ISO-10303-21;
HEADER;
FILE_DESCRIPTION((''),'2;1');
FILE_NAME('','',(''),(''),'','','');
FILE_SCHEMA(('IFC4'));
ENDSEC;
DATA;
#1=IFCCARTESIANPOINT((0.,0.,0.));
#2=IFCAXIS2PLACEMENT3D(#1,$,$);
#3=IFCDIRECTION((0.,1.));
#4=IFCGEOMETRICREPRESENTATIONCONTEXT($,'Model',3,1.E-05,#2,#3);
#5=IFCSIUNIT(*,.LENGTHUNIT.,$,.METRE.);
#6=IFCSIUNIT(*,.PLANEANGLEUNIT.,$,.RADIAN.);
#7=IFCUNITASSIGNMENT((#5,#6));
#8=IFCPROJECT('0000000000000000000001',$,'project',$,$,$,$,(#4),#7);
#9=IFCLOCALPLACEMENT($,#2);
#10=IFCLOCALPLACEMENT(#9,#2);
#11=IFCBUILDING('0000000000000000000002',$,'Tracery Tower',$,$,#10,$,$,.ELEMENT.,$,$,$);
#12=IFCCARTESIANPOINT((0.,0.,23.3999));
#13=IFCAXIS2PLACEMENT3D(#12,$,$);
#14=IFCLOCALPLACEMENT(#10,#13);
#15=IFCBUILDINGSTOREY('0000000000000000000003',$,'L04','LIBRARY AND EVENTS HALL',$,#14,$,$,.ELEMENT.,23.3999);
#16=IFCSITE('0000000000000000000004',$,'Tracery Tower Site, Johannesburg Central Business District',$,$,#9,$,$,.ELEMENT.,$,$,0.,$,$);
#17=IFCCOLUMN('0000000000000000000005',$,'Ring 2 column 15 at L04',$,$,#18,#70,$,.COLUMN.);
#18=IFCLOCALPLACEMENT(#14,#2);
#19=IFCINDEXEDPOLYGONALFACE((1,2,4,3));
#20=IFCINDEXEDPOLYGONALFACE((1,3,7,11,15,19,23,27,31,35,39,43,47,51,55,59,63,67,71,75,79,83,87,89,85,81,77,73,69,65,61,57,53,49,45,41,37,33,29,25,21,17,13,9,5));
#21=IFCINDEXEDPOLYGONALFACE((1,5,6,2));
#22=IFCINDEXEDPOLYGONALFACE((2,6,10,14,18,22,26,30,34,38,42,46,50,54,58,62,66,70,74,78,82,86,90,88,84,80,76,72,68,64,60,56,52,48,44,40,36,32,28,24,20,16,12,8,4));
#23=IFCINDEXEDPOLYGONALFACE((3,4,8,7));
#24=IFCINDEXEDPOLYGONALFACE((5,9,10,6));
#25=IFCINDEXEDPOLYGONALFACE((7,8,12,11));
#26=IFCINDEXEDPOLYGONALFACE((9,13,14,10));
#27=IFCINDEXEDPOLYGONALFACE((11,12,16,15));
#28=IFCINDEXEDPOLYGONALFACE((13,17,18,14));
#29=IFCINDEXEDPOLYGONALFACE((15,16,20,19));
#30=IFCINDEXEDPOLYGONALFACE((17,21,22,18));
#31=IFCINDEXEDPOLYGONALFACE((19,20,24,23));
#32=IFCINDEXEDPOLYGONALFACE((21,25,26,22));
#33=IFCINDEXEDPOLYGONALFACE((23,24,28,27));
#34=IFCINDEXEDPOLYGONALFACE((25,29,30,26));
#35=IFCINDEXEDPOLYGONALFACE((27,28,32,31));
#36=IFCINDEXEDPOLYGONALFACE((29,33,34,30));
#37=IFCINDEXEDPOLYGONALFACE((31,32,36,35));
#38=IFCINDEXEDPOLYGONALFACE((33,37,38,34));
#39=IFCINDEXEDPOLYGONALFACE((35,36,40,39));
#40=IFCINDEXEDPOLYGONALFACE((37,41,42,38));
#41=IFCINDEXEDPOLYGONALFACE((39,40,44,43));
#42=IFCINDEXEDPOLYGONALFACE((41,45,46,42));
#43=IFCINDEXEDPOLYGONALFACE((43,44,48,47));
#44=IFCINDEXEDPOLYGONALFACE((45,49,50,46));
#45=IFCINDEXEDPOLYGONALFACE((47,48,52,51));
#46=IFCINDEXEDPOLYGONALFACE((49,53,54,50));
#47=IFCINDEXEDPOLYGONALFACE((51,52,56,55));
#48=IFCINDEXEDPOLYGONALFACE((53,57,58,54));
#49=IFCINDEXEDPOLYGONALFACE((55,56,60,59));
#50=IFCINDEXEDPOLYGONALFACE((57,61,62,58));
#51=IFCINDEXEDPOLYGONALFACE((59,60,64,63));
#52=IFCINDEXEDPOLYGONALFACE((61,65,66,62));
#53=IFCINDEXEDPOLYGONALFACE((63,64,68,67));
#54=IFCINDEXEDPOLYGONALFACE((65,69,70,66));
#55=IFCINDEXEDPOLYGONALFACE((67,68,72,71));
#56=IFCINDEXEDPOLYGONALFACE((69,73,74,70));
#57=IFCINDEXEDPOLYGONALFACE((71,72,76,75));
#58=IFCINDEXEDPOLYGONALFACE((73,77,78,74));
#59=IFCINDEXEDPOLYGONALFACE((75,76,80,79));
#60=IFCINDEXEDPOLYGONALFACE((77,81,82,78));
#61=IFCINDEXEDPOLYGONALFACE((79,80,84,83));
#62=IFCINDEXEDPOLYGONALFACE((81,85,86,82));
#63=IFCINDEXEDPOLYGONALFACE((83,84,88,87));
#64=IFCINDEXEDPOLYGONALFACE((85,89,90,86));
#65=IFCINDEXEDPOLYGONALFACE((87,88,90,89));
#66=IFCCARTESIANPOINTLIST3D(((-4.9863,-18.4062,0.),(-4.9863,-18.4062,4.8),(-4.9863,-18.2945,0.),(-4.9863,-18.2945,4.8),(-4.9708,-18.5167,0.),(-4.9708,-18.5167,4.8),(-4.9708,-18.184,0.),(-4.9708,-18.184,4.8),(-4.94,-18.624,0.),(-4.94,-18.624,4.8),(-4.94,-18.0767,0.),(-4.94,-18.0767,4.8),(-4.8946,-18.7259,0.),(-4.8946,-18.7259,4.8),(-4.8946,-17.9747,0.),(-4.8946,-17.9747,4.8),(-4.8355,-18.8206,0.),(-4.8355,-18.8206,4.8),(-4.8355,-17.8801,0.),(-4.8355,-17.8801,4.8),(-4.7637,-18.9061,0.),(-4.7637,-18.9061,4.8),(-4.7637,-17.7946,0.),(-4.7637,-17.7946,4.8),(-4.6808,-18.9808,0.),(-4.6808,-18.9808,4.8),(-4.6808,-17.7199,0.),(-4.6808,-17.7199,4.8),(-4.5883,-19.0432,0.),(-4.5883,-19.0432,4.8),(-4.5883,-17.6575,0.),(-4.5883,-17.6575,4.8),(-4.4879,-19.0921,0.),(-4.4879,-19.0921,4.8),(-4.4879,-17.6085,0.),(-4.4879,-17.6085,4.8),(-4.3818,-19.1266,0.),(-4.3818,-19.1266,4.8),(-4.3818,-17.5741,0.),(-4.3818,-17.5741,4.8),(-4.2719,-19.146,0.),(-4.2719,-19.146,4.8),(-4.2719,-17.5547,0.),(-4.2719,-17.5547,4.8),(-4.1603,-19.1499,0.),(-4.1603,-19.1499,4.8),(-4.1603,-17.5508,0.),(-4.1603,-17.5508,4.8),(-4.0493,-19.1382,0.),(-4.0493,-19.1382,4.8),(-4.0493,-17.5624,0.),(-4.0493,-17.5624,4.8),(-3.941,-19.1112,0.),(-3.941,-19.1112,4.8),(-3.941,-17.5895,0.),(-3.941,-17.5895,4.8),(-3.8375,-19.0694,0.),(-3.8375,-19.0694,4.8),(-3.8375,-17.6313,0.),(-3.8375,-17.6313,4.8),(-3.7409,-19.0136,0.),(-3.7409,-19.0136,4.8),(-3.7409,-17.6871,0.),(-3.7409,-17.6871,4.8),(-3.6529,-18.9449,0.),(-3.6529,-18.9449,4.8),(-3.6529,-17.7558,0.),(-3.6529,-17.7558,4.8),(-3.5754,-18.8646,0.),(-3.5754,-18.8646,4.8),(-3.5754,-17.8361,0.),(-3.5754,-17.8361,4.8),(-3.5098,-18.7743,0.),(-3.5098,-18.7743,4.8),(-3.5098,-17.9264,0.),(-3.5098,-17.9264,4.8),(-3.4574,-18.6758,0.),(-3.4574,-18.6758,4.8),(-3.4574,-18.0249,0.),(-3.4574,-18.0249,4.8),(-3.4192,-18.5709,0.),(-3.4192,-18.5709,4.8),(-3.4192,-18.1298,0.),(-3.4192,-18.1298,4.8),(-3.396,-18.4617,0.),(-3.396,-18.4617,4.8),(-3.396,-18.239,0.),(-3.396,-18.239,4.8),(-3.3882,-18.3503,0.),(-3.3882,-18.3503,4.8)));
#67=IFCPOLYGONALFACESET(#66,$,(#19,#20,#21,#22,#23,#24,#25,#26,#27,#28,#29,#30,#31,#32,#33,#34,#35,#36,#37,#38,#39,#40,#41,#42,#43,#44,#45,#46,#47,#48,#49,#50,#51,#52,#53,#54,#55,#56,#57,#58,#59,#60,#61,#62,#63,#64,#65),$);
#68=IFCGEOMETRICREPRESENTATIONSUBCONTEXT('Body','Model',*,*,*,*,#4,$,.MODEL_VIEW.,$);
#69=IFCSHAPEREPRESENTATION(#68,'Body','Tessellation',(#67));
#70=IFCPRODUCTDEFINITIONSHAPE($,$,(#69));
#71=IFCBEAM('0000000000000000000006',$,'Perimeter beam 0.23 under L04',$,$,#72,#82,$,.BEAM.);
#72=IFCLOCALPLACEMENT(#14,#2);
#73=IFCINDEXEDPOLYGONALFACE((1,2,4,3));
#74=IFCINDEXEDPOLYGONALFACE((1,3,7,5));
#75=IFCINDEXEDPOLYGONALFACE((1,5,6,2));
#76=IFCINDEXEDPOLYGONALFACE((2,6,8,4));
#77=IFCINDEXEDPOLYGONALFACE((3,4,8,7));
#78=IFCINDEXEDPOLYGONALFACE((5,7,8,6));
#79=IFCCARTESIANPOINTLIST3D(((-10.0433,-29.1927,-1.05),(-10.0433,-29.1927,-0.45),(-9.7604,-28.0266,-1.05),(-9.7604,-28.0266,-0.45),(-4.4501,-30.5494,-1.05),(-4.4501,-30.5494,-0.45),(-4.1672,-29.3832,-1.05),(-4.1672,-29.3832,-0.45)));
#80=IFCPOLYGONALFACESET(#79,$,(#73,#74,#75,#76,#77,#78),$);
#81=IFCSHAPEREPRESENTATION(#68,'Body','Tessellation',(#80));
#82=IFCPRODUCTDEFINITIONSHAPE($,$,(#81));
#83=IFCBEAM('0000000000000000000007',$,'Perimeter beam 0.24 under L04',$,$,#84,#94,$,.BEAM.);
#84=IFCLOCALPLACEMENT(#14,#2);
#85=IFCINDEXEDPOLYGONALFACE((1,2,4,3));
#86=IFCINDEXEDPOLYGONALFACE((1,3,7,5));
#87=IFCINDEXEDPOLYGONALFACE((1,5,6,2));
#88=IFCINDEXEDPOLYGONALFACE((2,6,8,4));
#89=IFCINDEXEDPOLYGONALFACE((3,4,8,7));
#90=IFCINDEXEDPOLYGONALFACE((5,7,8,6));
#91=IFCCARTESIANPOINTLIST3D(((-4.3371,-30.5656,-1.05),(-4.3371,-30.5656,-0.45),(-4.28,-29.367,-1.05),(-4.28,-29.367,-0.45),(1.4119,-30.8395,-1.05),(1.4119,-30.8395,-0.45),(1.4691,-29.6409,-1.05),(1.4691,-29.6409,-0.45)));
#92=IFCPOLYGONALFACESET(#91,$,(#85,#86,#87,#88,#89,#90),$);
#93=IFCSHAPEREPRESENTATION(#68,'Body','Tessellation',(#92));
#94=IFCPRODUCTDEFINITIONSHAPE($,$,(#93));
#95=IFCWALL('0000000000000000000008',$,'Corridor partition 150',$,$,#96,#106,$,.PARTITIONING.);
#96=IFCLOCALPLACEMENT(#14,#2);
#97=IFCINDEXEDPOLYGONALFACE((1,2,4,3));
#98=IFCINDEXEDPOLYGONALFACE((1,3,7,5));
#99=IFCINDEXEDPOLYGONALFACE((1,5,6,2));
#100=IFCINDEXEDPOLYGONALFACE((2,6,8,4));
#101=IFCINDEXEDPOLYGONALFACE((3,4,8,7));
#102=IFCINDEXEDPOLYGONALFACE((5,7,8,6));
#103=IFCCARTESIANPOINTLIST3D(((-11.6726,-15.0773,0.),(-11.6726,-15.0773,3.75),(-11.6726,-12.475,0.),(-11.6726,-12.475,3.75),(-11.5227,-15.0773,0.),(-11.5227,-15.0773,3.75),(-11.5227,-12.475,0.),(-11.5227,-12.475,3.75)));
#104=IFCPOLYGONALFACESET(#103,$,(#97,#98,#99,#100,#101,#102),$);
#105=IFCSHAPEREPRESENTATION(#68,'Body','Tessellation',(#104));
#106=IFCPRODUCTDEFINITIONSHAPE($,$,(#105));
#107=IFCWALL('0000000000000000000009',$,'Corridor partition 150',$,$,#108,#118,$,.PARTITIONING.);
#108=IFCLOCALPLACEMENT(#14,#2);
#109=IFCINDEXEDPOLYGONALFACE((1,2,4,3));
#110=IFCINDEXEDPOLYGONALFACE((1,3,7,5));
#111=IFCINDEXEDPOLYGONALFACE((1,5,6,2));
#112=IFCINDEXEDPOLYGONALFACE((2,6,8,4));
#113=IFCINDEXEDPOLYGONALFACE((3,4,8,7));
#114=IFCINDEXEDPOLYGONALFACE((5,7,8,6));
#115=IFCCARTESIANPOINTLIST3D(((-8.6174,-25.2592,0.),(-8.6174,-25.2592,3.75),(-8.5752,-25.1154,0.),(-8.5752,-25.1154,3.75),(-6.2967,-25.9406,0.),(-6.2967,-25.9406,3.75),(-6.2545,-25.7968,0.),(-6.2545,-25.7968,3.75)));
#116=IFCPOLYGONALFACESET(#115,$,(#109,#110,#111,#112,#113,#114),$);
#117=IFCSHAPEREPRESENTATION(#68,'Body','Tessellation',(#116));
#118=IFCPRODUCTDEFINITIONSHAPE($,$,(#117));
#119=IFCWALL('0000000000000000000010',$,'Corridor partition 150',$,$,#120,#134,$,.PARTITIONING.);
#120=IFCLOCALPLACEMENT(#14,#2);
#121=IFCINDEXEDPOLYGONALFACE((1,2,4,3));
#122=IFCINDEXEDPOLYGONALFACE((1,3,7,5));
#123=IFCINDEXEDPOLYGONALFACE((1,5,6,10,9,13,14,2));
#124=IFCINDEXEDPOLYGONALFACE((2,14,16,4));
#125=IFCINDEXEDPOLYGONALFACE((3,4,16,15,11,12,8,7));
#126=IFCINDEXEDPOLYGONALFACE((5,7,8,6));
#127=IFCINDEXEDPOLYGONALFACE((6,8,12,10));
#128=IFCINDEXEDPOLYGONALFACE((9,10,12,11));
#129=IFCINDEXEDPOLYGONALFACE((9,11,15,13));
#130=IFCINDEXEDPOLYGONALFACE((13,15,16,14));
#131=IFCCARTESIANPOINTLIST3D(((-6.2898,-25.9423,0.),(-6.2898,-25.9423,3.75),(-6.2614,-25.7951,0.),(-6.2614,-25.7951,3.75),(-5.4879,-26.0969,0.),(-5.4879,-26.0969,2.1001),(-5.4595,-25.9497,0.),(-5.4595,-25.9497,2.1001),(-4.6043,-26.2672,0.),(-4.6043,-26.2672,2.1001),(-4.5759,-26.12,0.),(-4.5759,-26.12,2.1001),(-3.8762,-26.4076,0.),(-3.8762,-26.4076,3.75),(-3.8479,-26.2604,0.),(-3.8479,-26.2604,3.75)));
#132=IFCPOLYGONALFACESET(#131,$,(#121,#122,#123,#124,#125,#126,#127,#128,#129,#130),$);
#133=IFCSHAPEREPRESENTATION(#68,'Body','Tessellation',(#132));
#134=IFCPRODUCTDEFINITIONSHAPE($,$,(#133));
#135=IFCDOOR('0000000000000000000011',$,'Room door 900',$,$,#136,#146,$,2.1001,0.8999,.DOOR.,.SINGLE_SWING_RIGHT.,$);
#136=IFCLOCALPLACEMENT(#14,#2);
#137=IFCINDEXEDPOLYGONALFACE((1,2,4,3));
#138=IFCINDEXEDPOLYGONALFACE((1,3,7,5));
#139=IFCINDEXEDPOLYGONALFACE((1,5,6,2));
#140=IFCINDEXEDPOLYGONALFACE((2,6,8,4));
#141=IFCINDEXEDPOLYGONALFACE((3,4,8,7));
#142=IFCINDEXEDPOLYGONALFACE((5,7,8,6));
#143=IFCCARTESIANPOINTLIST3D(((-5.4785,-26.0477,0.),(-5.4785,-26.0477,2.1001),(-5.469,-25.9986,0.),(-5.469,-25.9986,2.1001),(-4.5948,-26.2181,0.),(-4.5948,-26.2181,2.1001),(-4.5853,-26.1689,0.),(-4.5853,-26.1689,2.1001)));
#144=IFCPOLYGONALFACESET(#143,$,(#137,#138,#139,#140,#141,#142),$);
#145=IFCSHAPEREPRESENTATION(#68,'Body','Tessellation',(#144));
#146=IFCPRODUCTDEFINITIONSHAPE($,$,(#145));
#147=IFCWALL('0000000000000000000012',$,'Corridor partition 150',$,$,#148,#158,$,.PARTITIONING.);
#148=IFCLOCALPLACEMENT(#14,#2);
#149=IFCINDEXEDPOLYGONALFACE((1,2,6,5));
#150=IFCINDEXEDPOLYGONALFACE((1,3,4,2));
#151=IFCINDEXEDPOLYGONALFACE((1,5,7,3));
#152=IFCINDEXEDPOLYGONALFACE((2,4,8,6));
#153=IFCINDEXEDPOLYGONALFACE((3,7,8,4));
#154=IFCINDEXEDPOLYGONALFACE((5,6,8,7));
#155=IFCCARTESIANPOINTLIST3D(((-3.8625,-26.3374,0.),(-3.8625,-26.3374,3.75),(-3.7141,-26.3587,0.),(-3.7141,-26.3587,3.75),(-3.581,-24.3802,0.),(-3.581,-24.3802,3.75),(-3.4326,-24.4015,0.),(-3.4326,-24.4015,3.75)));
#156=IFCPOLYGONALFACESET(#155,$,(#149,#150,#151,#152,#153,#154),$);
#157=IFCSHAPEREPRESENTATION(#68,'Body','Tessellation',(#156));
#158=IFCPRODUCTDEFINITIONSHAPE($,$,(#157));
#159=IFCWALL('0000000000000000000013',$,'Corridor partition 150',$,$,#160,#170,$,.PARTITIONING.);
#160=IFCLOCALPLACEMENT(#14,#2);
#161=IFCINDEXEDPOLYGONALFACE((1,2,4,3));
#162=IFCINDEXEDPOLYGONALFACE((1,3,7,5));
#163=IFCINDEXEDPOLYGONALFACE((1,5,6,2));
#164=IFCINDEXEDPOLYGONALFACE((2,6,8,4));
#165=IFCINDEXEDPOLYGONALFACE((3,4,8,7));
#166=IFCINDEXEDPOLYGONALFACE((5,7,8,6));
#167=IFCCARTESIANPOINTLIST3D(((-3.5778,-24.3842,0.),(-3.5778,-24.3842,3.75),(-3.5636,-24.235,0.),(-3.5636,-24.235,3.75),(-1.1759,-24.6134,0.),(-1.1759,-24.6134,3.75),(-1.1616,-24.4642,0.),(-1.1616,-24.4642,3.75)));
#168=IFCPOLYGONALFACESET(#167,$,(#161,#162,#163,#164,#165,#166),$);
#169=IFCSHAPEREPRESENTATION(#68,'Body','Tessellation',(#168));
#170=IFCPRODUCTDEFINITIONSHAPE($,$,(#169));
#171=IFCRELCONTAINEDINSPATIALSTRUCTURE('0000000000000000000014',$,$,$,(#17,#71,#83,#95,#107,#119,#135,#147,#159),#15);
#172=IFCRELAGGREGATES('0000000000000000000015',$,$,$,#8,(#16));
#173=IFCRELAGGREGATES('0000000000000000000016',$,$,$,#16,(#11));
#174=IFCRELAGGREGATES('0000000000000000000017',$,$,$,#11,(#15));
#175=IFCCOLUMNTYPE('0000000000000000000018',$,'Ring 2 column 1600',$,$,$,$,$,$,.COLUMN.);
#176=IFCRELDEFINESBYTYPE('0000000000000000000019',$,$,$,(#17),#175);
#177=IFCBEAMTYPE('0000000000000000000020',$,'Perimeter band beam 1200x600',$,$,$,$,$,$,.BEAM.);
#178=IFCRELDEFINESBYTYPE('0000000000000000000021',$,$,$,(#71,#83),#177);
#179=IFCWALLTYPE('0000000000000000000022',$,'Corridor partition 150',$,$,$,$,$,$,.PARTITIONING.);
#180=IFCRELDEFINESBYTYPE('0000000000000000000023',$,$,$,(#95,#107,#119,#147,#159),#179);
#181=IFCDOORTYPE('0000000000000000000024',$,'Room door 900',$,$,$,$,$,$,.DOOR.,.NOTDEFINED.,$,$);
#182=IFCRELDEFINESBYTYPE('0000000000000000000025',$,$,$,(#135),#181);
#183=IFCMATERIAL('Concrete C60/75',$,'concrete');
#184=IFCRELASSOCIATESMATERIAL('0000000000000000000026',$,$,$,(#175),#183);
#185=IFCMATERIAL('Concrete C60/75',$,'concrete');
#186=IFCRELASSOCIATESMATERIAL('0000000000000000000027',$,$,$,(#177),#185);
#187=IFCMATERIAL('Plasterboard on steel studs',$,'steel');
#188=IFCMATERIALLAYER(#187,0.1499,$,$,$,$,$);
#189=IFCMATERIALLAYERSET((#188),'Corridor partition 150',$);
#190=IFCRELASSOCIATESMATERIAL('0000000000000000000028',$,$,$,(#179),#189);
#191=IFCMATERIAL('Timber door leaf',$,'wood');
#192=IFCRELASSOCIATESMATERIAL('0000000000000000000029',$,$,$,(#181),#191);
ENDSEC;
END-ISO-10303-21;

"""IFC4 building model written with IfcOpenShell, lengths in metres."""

from ifc_helpers import new_model, si_unit, direction, frame, frame_2d, origin, origin_2d, place, context, subcontext, project, spatial, rectangle, circle, extrude, material, layer, layer_set, material_profile, profile_set, type_object, element, fill, save


model = new_model("IFC4")

# Units and contexts
model_context = context("Model", 3, precision=1e-05, world=origin(), true_north=direction((0.0, 1.0)))
body_context = subcontext(model_context, "Body", "Model", "MODEL_VIEW")
ifc_project = project(units=[si_unit("LENGTHUNIT", "METRE"), si_unit("PLANEANGLEUNIT", "RADIAN")], contexts=[model_context])

# Site, building, storey
site_placement = place(None, origin())
site = spatial("IfcSite", under=ifc_project, at=site_placement, Name="Tracery Tower Site, Johannesburg Central Business District", CompositionType="ELEMENT", RefElevation=0.0)
building_placement = place(site_placement, origin())
building = spatial("IfcBuilding", under=site, at=building_placement, Name="Tracery Tower", CompositionType="ELEMENT")
storey_placement = place(building_placement, frame((0.0, 0.0, 23.3999)))
storey = spatial("IfcBuildingStorey", under=building, at=storey_placement, Name="L04", Description="LIBRARY AND EVENTS HALL", CompositionType="ELEMENT", Elevation=23.3999)

# Column
ifc_material_1 = material(Name="Concrete C60/75", Category="concrete")
ifc_material_profile_1 = material_profile(ifc_material_1, circle(Radius=0.8, at=origin_2d()), Name="RC D1600")
ifc_profile_set_1 = profile_set([ifc_material_profile_1], Name="Concrete C60/75")
column_type_1 = type_object("IfcColumnType", Name="Ring 2 column 1600", PredefinedType="COLUMN", material=ifc_profile_set_1)
for number, where, z_axis, x_axis, name in (
    (1, (-4.1882, -18.3503, 0.0), (0.0, 0.0, 1.0), (1.0, 0.0, 0.0), "Ring 2 column 15 at L04"),
):
    element("IfcColumn", number, at=place(storey_placement, frame(where, z_axis=z_axis, x_axis=x_axis)), inside=storey, type_object=column_type_1, Name=name, PredefinedType="COLUMN", context=body_context, shape_type="SweptSolid", body=[
        extrude(circle(Radius=0.8, at=origin_2d()), origin(), (0.0, 0.0, 1.0), 4.8),
    ])

# Beams
ifc_material_2 = material(Name="Concrete C60/75", Category="concrete")
ifc_material_profile_2 = material_profile(ifc_material_2, rectangle(XDim=1.2, YDim=0.6001, at=origin_2d()), Name="RC 1200x600")
ifc_profile_set_2 = profile_set([ifc_material_profile_2], Name="Concrete C60/75")
beam_type = type_object("IfcBeamType", Name="Perimeter band beam 1200x600", PredefinedType="BEAM", material=ifc_profile_set_2)
beam_1_placement = place(storey_placement, frame((-9.9019, -28.6096, -0.75), z_axis=(0.97182, -0.235723, 0.0), x_axis=(0.235723, 0.97182, 0.0)))
element("IfcBeam", 2, at=beam_1_placement, inside=storey, type_object=beam_type, Name="Perimeter beam 0.23 under L04", PredefinedType="BEAM", context=body_context, shape_type="SweptSolid", body=[
    extrude(rectangle(XDim=1.2, YDim=0.6001, at=origin_2d()), origin(), (0.0, 0.0, 1.0), 5.7554),
])
beam_2_placement = place(storey_placement, frame((-4.3086, -29.9663, -0.75), z_axis=(0.998867, -0.047593, 0.0), x_axis=(0.047593, 0.998867, 0.0)))
element("IfcBeam", 3, at=beam_2_placement, inside=storey, type_object=beam_type, Name="Perimeter beam 0.24 under L04", PredefinedType="BEAM", context=body_context, shape_type="SweptSolid", body=[
    extrude(rectangle(XDim=1.2, YDim=0.6001, at=origin_2d()), origin(), (0.0, 0.0, 1.0), 5.7556),
])

# Walls
ifc_material_3 = material(Name="Plasterboard on steel studs", Category="steel")
ifc_layer_1 = layer(ifc_material_3, 0.1499)
ifc_layer_set_1 = layer_set([ifc_layer_1], Name="Corridor partition 150")
wall_type_1 = type_object("IfcWallType", Name="Corridor partition 150", PredefinedType="PARTITIONING", material=ifc_layer_set_1)
wall_1_placement = place(storey_placement, frame((-11.5977, -15.0774, 0.0), z_axis=(0.0, 0.0, 1.0), x_axis=(0.0, 1.0, 0.0)))
element("IfcWall", 4, at=wall_1_placement, inside=storey, type_object=wall_type_1, Name="Corridor partition 150", PredefinedType="PARTITIONING", context=body_context, shape_type="SweptSolid", body=[
    extrude(rectangle(XDim=2.6023, YDim=0.1499, at=frame_2d((1.3013, 0.0))), origin(), (0.0, 0.0, 1.0), 3.75),
])
wall_2_placement = place(storey_placement, frame((-8.5964, -25.1873, 0.0), z_axis=(0.0, 0.0, 1.0), x_axis=(0.959499, -0.281713, 0.0)))
element("IfcWall", 5, at=wall_2_placement, inside=storey, type_object=wall_type_1, Name="Corridor partition 150", PredefinedType="PARTITIONING", context=body_context, shape_type="SweptSolid", body=[
    extrude(rectangle(XDim=2.4187, YDim=0.1499, at=frame_2d((1.2095, 0.0))), origin(), (0.0, 0.0, 1.0), 3.75),
])

# Wall, opening, door
wall_3_placement = place(storey_placement, frame((-3.8621, -26.334, 0.0), z_axis=(0.0, 0.0, 1.0), x_axis=(-0.981917, 0.189312, 0.0)))
wall_3 = element("IfcWall", 6, at=wall_3_placement, inside=storey, type_object=wall_type_1, Name="Corridor partition 150", PredefinedType="PARTITIONING", context=body_context, shape_type="SweptSolid", body=[
    extrude(rectangle(XDim=2.458, YDim=0.1499, at=frame_2d((1.229, 0.0))), origin(), (0.0, 0.0, 1.0), 3.75),
])
opening_1_placement = place(wall_3_placement, frame((0.7415, 0.0, 0.0)))
opening_1 = element("IfcOpeningElement", 7, at=opening_1_placement, cuts=wall_3, PredefinedType="OPENING", context=body_context, shape_type="SweptSolid", body=[
    extrude(rectangle(XDim=0.8999, YDim=2.1001, at=frame_2d((0.45, 1.05))), frame((0.0, 0.075, 0.0), z_axis=(0.0, -1.0, 0.0), x_axis=(1.0, 0.0, 0.0)), (0.0, 0.0, 1.0), 0.1499),
])
ifc_material_4 = material(Name="Timber door leaf", Category="wood")
door_type_1 = type_object("IfcDoorType", Name="Room door 900", OperationType="NOTDEFINED", PredefinedType="DOOR", material=ifc_material_4)
door_1_placement = place(opening_1_placement, origin())
door_1 = element("IfcDoor", 8, at=door_1_placement, inside=storey, type_object=door_type_1, Name="Room door 900", OperationType="SINGLE_SWING_RIGHT", OverallHeight=2.1001, OverallWidth=0.8999, PredefinedType="DOOR", context=body_context, shape_type="SweptSolid", body=[
    extrude(rectangle(XDim=0.8999, YDim=2.1001, at=frame_2d((0.45, 1.05))), frame((0.0, 0.0249, 0.0), z_axis=(0.0, -1.0, 0.0), x_axis=(1.0, 0.0, 0.0)), (0.0, 0.0, 1.0), 0.05),
])
fill(opening_1, door_1)

# Walls
wall_4_placement = place(storey_placement, frame((-3.7883, -26.3481, 0.0), z_axis=(0.0, 0.0, 1.0), x_axis=(0.142355, 0.989816, 0.0)))
element("IfcWall", 9, at=wall_4_placement, inside=storey, type_object=wall_type_1, Name="Corridor partition 150", PredefinedType="PARTITIONING", context=body_context, shape_type="SweptSolid", body=[
    extrude(rectangle(XDim=1.9773, YDim=0.1499, at=frame_2d((0.9888, 0.0))), origin(), (0.0, 0.0, 1.0), 3.75),
])
wall_5_placement = place(storey_placement, frame((-3.5708, -24.3096, 0.0), z_axis=(0.0, 0.0, 1.0), x_axis=(0.995476, -0.095014, 0.0)))
element("IfcWall", 10, at=wall_5_placement, inside=storey, type_object=wall_type_1, Name="Corridor partition 150", PredefinedType="PARTITIONING", context=body_context, shape_type="SweptSolid", body=[
    extrude(rectangle(XDim=2.4128, YDim=0.1499, at=frame_2d((1.2065, 0.0))), origin(), (0.0, 0.0, 1.0), 3.75),
])

save(model, "model.ifc")
